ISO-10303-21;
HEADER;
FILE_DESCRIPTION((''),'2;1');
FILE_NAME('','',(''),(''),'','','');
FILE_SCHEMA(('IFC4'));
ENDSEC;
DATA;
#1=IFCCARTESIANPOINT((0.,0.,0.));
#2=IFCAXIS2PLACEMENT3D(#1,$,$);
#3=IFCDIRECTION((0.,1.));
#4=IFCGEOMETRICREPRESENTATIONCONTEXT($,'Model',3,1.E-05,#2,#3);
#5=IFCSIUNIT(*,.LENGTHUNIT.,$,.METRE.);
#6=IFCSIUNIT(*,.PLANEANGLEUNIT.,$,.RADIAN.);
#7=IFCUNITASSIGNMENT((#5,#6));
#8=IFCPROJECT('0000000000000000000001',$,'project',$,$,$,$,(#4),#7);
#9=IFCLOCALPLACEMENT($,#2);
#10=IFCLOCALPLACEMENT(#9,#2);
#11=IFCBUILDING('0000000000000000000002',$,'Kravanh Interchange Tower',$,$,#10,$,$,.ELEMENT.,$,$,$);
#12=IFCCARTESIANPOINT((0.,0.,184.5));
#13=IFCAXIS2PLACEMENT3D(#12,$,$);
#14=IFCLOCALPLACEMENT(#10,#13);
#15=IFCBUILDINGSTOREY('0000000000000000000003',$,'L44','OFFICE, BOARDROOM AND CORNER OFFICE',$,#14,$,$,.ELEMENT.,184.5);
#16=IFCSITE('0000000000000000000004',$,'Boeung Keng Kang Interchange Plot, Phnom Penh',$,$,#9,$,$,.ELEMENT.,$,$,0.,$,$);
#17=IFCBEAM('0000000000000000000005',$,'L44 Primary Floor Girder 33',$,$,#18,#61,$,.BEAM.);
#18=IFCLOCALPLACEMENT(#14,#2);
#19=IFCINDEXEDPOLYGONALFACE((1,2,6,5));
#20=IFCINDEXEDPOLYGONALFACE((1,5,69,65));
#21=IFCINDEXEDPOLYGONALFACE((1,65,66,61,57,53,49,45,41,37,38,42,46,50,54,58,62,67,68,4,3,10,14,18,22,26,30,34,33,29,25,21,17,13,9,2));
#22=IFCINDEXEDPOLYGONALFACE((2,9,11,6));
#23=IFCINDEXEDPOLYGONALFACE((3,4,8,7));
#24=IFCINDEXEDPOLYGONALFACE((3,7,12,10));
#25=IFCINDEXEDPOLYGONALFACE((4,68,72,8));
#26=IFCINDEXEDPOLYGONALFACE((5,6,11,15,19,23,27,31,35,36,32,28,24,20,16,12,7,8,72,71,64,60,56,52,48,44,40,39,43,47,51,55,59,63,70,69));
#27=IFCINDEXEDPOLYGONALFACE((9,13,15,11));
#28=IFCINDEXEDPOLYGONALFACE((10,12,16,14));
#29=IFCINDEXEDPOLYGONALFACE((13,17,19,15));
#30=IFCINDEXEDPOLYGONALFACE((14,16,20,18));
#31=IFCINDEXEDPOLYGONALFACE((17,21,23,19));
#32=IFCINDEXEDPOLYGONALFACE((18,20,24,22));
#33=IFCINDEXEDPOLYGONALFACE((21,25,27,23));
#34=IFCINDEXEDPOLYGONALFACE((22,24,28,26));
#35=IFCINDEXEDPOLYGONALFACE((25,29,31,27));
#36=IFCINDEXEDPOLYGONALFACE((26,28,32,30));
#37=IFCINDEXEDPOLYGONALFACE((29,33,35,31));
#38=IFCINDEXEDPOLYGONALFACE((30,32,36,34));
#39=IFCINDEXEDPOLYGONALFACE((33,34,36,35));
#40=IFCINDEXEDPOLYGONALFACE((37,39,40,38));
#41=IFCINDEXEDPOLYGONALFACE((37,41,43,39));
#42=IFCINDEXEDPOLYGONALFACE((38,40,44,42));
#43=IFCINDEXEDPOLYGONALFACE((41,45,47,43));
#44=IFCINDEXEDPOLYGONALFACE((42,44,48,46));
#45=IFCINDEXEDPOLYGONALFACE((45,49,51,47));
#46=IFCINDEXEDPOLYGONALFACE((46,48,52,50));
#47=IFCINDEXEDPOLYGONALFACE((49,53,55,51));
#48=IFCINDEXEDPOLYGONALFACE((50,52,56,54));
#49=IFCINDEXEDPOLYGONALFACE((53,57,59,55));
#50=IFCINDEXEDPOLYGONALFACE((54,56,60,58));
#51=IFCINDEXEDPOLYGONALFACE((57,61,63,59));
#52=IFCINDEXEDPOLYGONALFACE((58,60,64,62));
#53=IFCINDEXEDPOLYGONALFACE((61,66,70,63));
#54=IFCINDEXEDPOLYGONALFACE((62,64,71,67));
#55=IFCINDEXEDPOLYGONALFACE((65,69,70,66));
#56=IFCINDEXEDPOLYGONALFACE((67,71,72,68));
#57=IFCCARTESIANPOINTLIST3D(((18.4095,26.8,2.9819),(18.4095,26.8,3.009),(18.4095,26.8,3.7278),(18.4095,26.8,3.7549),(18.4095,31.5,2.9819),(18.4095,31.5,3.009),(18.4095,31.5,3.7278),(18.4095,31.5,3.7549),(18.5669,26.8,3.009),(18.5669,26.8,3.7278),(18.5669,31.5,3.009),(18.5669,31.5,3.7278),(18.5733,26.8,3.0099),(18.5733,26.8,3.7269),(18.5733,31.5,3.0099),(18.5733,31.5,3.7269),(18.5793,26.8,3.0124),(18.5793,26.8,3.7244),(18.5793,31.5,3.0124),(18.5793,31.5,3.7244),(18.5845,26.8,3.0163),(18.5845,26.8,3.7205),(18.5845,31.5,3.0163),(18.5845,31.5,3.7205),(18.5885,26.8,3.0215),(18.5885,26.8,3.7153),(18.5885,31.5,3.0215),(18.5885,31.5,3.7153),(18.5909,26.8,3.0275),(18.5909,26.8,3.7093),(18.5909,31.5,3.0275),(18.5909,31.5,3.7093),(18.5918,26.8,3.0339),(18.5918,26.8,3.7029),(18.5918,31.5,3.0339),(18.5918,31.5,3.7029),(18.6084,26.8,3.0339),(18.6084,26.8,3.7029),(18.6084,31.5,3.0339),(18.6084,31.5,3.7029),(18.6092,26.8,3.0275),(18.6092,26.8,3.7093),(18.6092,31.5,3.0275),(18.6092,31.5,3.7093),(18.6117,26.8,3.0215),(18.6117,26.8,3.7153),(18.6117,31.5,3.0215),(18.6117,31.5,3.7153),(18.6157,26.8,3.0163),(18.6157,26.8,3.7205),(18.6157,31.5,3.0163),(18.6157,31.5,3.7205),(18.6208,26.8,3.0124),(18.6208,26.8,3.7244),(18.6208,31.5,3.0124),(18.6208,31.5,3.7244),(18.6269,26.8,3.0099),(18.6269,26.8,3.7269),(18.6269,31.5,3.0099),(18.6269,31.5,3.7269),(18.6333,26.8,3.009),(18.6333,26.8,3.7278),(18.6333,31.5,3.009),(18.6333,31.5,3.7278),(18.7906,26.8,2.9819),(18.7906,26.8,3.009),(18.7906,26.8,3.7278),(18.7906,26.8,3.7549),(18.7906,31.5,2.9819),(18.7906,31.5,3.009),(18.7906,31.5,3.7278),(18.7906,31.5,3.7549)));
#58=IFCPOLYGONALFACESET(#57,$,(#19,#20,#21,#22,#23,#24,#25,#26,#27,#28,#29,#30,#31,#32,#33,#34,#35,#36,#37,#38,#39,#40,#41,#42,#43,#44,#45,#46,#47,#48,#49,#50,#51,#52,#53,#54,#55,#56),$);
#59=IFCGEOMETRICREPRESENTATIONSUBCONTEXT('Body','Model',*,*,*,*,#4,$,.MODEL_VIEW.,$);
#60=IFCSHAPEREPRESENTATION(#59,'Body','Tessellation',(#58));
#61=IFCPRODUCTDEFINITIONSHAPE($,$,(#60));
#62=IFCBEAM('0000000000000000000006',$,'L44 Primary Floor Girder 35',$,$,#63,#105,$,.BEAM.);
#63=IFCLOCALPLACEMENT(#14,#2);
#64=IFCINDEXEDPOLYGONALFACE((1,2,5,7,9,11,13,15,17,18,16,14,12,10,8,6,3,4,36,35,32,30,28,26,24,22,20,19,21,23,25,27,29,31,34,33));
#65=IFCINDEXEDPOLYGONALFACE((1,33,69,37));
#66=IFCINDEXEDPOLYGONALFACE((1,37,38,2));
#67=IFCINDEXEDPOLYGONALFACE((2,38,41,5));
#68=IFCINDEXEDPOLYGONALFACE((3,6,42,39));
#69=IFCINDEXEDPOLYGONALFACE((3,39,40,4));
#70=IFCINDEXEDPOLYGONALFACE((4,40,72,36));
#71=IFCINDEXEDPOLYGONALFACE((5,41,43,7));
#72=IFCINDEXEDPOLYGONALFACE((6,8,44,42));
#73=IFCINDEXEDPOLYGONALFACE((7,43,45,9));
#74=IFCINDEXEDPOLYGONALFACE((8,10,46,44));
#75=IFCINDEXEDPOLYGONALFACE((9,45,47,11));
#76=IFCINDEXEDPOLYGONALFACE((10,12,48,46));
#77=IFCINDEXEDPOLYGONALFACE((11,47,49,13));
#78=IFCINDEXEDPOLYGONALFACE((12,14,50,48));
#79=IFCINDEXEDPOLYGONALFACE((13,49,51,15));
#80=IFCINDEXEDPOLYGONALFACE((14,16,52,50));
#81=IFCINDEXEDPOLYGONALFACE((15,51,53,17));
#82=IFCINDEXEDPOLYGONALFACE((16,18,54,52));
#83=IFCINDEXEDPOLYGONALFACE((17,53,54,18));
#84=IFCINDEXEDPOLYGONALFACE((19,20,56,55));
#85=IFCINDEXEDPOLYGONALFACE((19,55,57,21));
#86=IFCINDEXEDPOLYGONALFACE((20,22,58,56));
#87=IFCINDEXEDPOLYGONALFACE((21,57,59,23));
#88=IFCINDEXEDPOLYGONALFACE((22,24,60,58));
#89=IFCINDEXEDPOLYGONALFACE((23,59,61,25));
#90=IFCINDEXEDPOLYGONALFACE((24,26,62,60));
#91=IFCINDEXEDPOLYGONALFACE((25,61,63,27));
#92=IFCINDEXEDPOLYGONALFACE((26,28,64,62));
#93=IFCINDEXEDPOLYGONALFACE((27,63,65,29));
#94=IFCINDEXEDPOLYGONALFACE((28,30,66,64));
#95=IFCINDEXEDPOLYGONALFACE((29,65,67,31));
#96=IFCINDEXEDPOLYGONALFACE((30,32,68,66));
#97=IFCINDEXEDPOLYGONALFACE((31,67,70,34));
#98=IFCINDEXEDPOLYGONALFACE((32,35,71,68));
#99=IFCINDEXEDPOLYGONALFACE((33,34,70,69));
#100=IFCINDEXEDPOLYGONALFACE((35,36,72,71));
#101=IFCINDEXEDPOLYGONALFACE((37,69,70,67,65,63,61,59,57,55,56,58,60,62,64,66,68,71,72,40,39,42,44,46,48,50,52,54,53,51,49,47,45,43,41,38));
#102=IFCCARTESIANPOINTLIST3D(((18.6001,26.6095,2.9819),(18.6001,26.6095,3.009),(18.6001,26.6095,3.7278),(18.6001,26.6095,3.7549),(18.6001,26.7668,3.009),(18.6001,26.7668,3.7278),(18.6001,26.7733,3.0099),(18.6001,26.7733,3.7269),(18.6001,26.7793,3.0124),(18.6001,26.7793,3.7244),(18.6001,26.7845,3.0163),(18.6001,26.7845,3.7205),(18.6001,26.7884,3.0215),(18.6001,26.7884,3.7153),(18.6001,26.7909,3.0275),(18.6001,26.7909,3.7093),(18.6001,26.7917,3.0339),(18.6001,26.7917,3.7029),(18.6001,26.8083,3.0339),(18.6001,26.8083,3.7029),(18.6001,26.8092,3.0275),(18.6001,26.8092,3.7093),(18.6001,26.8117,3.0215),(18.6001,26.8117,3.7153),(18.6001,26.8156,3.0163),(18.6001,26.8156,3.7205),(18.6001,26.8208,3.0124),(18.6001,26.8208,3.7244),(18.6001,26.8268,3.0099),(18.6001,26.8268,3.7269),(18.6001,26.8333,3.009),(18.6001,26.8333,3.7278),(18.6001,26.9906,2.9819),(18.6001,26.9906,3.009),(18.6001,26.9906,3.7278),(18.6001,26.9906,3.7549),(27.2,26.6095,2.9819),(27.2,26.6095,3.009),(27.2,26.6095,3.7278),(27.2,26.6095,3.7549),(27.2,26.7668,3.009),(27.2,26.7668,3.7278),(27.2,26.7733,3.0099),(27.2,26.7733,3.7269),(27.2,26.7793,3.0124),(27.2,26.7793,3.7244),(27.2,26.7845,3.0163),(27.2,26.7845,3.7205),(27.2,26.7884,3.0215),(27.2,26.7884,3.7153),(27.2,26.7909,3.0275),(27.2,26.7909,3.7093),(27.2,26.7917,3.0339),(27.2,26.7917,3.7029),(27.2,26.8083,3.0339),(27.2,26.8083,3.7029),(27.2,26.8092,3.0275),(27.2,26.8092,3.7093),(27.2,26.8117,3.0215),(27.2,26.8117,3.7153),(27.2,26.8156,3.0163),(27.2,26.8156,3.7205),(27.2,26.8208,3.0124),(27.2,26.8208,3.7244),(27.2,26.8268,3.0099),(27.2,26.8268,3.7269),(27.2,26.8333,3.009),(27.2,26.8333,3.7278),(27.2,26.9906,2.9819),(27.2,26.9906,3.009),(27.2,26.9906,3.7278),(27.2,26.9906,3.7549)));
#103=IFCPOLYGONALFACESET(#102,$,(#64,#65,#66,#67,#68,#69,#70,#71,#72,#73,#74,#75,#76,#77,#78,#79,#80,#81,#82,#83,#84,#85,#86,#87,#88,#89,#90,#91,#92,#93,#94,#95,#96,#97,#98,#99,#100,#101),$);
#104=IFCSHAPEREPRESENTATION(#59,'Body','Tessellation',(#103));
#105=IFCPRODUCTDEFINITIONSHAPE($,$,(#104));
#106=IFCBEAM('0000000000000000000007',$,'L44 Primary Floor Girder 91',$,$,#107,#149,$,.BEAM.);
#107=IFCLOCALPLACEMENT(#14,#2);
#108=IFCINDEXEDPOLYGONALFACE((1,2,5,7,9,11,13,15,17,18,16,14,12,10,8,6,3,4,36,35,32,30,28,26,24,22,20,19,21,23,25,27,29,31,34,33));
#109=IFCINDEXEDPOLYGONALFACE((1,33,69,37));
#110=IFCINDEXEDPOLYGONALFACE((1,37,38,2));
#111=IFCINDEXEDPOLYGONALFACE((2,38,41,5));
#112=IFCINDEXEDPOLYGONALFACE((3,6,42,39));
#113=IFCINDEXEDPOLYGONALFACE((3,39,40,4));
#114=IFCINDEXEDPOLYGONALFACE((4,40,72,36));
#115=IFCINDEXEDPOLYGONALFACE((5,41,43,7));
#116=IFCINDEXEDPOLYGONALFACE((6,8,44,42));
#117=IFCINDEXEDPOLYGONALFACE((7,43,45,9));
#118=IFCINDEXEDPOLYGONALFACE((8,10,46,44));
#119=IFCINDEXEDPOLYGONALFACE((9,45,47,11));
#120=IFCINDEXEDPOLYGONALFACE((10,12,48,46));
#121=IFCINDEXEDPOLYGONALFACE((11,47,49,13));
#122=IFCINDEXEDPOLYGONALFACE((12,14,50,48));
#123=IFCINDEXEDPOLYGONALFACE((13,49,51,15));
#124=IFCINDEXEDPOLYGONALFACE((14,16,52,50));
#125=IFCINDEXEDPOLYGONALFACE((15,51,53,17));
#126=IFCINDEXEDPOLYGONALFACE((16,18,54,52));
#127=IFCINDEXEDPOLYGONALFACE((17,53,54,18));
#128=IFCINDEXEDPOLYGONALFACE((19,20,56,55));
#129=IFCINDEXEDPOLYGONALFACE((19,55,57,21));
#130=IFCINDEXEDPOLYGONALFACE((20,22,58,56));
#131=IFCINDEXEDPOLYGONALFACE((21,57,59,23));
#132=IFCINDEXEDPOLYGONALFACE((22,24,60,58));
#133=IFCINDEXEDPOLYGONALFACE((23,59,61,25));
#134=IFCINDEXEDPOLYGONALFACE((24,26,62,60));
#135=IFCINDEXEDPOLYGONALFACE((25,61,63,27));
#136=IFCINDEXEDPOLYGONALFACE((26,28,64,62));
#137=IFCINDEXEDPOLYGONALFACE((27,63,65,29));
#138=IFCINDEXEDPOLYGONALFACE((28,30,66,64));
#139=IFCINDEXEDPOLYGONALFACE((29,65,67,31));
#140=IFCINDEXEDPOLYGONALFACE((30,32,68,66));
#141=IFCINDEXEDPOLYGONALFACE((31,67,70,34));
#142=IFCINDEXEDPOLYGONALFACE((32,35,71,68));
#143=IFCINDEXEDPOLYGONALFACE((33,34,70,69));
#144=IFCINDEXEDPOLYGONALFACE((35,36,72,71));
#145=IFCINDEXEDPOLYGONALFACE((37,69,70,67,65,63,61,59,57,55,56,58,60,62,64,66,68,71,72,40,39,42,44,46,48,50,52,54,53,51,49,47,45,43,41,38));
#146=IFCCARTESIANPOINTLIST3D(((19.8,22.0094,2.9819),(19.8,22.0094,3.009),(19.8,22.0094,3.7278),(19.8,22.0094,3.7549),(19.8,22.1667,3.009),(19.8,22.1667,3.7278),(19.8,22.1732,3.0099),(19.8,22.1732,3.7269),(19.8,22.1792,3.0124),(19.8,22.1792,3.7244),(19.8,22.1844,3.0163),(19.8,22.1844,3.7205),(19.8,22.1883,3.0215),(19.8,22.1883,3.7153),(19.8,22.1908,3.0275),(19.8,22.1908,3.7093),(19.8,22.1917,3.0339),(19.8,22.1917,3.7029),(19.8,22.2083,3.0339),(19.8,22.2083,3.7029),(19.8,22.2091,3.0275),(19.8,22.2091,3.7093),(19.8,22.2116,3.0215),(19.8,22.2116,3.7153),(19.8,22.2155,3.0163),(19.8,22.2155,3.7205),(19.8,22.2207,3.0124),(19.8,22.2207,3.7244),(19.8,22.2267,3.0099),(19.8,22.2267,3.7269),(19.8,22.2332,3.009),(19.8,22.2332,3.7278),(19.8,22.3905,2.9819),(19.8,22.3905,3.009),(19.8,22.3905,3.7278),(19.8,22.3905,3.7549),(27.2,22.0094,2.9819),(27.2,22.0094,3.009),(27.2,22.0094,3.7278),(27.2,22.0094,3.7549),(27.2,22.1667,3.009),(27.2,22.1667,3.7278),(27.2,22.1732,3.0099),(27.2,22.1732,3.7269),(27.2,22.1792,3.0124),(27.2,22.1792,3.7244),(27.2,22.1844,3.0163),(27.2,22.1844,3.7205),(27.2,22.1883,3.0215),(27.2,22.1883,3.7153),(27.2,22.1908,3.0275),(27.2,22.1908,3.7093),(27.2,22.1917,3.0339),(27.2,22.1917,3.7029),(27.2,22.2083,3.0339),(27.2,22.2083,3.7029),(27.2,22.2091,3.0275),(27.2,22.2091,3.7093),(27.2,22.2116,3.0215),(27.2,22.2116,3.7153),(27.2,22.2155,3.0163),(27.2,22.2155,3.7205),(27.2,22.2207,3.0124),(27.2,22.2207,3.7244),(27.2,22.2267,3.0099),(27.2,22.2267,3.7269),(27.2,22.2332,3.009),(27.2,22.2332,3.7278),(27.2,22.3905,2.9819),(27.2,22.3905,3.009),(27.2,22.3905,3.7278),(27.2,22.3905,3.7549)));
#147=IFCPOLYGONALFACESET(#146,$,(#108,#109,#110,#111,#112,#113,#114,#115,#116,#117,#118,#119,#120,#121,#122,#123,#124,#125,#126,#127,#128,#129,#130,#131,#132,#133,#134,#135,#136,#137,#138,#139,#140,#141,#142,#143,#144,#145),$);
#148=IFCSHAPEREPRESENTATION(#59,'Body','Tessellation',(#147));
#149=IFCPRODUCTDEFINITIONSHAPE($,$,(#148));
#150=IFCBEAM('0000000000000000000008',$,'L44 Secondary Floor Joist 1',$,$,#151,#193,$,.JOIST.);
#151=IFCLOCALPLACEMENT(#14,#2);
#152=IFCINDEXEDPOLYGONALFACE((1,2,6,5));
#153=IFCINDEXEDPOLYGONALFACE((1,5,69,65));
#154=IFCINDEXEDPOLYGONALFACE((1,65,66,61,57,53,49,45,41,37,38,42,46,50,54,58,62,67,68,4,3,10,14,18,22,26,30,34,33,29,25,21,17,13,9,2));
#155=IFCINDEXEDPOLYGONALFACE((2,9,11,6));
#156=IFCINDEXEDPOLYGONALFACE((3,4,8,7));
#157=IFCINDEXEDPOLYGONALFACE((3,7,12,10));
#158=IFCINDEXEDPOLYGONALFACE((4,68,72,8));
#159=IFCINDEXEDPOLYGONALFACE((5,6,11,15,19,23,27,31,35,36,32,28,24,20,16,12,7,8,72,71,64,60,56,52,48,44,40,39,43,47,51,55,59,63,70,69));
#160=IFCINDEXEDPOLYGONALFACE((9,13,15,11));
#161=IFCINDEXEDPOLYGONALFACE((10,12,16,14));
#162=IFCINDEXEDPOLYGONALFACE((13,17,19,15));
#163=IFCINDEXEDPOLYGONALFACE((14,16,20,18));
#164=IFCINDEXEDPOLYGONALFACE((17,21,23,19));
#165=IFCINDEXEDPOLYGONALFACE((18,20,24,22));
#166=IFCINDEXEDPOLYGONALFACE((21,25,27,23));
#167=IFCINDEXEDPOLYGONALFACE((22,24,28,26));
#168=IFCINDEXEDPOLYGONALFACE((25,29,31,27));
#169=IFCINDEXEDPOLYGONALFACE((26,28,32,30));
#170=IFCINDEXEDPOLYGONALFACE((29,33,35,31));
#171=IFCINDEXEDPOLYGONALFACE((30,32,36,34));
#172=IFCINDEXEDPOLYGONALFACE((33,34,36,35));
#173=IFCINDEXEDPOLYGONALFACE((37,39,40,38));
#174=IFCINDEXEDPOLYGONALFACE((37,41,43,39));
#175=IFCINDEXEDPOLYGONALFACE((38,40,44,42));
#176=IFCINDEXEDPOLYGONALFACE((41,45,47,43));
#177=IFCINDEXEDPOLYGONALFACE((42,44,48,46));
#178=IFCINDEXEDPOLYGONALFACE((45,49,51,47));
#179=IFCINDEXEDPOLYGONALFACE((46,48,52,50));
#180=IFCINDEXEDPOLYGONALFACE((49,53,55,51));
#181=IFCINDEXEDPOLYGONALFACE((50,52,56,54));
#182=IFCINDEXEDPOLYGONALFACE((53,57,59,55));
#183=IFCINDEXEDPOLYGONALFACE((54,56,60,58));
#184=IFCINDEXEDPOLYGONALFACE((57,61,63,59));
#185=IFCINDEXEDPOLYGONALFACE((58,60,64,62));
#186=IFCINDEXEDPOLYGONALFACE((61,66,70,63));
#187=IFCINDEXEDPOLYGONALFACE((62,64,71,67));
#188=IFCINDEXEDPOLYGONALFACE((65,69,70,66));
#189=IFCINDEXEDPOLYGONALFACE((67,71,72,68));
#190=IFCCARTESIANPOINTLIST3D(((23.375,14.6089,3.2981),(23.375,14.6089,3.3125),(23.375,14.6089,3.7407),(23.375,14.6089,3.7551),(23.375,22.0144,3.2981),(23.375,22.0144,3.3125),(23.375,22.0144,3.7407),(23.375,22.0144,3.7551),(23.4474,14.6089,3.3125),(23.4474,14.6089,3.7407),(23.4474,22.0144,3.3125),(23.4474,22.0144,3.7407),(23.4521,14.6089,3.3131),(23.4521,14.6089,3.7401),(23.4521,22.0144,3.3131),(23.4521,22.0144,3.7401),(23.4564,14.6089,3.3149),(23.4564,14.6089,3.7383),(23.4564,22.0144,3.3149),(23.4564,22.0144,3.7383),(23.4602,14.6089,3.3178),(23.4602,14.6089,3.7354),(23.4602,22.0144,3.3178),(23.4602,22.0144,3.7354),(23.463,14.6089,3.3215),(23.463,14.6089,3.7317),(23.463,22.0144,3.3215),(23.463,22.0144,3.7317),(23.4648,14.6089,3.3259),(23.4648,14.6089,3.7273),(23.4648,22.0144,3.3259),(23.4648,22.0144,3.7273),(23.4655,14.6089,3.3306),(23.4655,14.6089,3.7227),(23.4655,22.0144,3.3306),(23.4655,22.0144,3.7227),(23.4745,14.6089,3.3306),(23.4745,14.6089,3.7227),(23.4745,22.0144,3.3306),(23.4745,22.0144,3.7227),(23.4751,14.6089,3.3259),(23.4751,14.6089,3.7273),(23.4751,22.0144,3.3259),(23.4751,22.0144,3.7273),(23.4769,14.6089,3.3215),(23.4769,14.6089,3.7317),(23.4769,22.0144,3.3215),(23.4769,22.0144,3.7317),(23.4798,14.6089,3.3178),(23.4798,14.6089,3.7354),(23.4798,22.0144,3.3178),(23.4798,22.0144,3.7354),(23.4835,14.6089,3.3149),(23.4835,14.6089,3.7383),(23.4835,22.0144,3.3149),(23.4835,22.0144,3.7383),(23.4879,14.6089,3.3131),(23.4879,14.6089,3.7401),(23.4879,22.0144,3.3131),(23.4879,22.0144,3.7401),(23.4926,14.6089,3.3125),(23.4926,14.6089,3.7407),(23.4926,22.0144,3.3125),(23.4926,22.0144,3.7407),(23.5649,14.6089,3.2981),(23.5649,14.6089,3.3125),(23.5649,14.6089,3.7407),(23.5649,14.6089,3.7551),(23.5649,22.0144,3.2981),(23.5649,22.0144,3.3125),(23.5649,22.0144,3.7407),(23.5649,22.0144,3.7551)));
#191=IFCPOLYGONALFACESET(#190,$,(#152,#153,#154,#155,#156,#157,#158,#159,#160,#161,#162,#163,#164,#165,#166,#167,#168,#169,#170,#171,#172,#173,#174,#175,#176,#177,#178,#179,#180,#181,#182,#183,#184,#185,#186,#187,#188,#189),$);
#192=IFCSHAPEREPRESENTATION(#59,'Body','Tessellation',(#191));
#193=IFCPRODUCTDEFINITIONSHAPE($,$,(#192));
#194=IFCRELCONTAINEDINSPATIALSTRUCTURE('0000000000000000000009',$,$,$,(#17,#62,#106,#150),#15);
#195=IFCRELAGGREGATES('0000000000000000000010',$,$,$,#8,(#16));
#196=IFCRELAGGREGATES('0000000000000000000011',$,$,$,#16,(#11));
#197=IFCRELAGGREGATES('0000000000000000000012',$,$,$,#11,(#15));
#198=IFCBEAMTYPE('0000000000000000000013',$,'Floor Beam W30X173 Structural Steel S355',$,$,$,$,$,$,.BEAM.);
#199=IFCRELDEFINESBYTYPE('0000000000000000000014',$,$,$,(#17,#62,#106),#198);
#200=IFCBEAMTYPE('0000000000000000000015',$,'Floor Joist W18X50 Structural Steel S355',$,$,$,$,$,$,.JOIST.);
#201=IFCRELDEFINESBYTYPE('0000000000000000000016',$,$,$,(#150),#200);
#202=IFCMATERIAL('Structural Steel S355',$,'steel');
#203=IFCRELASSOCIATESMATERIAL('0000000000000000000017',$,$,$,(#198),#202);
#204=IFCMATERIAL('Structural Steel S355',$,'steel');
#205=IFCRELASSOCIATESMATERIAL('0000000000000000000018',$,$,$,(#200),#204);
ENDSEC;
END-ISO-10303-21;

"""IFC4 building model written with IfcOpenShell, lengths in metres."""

from ifc_helpers import new_model, si_unit, direction, frame, origin, origin_2d, place, context, subcontext, project, spatial, i_section, extrude, material, material_profile, profile_set, type_object, element, save


model = new_model("IFC4")

# Units and contexts
model_context = context("Model", 3, precision=1e-05, world=origin(), true_north=direction((0.0, 1.0)))
body_context = subcontext(model_context, "Body", "Model", "MODEL_VIEW")
ifc_project = project(units=[si_unit("LENGTHUNIT", "METRE"), si_unit("PLANEANGLEUNIT", "RADIAN")], contexts=[model_context])

# Site, building, storey
site_placement = place(None, origin())
site = spatial("IfcSite", under=ifc_project, at=site_placement, Name="Boeung Keng Kang Interchange Plot, Phnom Penh", CompositionType="ELEMENT", RefElevation=0.0)
building_placement = place(site_placement, origin())
building = spatial("IfcBuilding", under=site, at=building_placement, Name="Kravanh Interchange Tower", CompositionType="ELEMENT")
storey_placement = place(building_placement, frame((0.0, 0.0, 184.5)))
storey = spatial("IfcBuildingStorey", under=building, at=storey_placement, Name="L44", Description="OFFICE, BOARDROOM AND CORNER OFFICE", CompositionType="ELEMENT", Elevation=184.5)

# Beams
ifc_material_1 = material(Name="Structural Steel S355", Category="steel")
ifc_material_profile_1 = material_profile(ifc_material_1, i_section(OverallWidth=0.3811, OverallDepth=0.7729, WebThickness=0.0166, FlangeThickness=0.0271, FilletRadius=0.0249, at=origin_2d()), Name="W30X173")
ifc_profile_set_1 = profile_set([ifc_material_profile_1], Name="Structural Steel S355")
beam_type_1 = type_object("IfcBeamType", Name="Floor Beam W30X173 Structural Steel S355", PredefinedType="BEAM", material=ifc_profile_set_1)
beam_1_placement = place(storey_placement, frame((18.6001, 26.8, 3.3684), z_axis=(0.0, 1.0, 0.0), x_axis=(-1.0, 0.0, 0.0)))
element("IfcBeam", 1, at=beam_1_placement, inside=storey, type_object=beam_type_1, Name="L44 Primary Floor Girder 33", PredefinedType="BEAM", context=body_context, shape_type="SweptSolid", body=[
    extrude(i_section(OverallWidth=0.3811, OverallDepth=0.7729, WebThickness=0.0166, FlangeThickness=0.0271, FilletRadius=0.0249, at=origin_2d()), origin(), (0.0, 0.0, 1.0), 4.7),
])
beam_2_placement = place(storey_placement, frame((18.6001, 26.8, 3.3684), z_axis=(1.0, 0.0, 0.0), x_axis=(0.0, 1.0, 0.0)))
element("IfcBeam", 2, at=beam_2_placement, inside=storey, type_object=beam_type_1, Name="L44 Primary Floor Girder 35", PredefinedType="BEAM", context=body_context, shape_type="SweptSolid", body=[
    extrude(i_section(OverallWidth=0.3811, OverallDepth=0.7729, WebThickness=0.0166, FlangeThickness=0.0271, FilletRadius=0.0249, at=origin_2d()), origin(), (0.0, 0.0, 1.0), 8.5999),
])
beam_3_placement = place(storey_placement, frame((19.8, 22.2, 3.3684), z_axis=(1.0, 0.0, 0.0), x_axis=(0.0, 1.0, 0.0)))
element("IfcBeam", 3, at=beam_3_placement, inside=storey, type_object=beam_type_1, Name="L44 Primary Floor Girder 91", PredefinedType="BEAM", context=body_context, shape_type="SweptSolid", body=[
    extrude(i_section(OverallWidth=0.3811, OverallDepth=0.7729, WebThickness=0.0166, FlangeThickness=0.0271, FilletRadius=0.0249, at=origin_2d()), origin(), (0.0, 0.0, 1.0), 7.3999),
])
ifc_material_2 = material(Name="Structural Steel S355", Category="steel")
ifc_material_profile_2 = material_profile(ifc_material_2, i_section(OverallWidth=0.1899, OverallDepth=0.457, WebThickness=0.009, FlangeThickness=0.0144, FilletRadius=0.0181, at=origin_2d()), Name="W18X50")
ifc_profile_set_2 = profile_set([ifc_material_profile_2], Name="Structural Steel S355")
beam_type_2 = type_object("IfcBeamType", Name="Floor Joist W18X50 Structural Steel S355", PredefinedType="JOIST", material=ifc_profile_set_2)
for number, where, z_axis, x_axis, name in (
    (4, (23.47, 14.6089, 3.5266), (0.0, 1.0, 0.0), (-1.0, 0.0, 0.0), "L44 Secondary Floor Joist 1"),
):
    element("IfcBeam", number, at=place(storey_placement, frame(where, z_axis=z_axis, x_axis=x_axis)), inside=storey, type_object=beam_type_2, Name=name, PredefinedType="JOIST", context=body_context, shape_type="SweptSolid", body=[
        extrude(i_section(OverallWidth=0.1899, OverallDepth=0.457, WebThickness=0.009, FlangeThickness=0.0144, FilletRadius=0.0181, at=origin_2d()), origin(), (0.0, 0.0, 1.0), 7.4055),
    ])

save(model, "model.ifc")
